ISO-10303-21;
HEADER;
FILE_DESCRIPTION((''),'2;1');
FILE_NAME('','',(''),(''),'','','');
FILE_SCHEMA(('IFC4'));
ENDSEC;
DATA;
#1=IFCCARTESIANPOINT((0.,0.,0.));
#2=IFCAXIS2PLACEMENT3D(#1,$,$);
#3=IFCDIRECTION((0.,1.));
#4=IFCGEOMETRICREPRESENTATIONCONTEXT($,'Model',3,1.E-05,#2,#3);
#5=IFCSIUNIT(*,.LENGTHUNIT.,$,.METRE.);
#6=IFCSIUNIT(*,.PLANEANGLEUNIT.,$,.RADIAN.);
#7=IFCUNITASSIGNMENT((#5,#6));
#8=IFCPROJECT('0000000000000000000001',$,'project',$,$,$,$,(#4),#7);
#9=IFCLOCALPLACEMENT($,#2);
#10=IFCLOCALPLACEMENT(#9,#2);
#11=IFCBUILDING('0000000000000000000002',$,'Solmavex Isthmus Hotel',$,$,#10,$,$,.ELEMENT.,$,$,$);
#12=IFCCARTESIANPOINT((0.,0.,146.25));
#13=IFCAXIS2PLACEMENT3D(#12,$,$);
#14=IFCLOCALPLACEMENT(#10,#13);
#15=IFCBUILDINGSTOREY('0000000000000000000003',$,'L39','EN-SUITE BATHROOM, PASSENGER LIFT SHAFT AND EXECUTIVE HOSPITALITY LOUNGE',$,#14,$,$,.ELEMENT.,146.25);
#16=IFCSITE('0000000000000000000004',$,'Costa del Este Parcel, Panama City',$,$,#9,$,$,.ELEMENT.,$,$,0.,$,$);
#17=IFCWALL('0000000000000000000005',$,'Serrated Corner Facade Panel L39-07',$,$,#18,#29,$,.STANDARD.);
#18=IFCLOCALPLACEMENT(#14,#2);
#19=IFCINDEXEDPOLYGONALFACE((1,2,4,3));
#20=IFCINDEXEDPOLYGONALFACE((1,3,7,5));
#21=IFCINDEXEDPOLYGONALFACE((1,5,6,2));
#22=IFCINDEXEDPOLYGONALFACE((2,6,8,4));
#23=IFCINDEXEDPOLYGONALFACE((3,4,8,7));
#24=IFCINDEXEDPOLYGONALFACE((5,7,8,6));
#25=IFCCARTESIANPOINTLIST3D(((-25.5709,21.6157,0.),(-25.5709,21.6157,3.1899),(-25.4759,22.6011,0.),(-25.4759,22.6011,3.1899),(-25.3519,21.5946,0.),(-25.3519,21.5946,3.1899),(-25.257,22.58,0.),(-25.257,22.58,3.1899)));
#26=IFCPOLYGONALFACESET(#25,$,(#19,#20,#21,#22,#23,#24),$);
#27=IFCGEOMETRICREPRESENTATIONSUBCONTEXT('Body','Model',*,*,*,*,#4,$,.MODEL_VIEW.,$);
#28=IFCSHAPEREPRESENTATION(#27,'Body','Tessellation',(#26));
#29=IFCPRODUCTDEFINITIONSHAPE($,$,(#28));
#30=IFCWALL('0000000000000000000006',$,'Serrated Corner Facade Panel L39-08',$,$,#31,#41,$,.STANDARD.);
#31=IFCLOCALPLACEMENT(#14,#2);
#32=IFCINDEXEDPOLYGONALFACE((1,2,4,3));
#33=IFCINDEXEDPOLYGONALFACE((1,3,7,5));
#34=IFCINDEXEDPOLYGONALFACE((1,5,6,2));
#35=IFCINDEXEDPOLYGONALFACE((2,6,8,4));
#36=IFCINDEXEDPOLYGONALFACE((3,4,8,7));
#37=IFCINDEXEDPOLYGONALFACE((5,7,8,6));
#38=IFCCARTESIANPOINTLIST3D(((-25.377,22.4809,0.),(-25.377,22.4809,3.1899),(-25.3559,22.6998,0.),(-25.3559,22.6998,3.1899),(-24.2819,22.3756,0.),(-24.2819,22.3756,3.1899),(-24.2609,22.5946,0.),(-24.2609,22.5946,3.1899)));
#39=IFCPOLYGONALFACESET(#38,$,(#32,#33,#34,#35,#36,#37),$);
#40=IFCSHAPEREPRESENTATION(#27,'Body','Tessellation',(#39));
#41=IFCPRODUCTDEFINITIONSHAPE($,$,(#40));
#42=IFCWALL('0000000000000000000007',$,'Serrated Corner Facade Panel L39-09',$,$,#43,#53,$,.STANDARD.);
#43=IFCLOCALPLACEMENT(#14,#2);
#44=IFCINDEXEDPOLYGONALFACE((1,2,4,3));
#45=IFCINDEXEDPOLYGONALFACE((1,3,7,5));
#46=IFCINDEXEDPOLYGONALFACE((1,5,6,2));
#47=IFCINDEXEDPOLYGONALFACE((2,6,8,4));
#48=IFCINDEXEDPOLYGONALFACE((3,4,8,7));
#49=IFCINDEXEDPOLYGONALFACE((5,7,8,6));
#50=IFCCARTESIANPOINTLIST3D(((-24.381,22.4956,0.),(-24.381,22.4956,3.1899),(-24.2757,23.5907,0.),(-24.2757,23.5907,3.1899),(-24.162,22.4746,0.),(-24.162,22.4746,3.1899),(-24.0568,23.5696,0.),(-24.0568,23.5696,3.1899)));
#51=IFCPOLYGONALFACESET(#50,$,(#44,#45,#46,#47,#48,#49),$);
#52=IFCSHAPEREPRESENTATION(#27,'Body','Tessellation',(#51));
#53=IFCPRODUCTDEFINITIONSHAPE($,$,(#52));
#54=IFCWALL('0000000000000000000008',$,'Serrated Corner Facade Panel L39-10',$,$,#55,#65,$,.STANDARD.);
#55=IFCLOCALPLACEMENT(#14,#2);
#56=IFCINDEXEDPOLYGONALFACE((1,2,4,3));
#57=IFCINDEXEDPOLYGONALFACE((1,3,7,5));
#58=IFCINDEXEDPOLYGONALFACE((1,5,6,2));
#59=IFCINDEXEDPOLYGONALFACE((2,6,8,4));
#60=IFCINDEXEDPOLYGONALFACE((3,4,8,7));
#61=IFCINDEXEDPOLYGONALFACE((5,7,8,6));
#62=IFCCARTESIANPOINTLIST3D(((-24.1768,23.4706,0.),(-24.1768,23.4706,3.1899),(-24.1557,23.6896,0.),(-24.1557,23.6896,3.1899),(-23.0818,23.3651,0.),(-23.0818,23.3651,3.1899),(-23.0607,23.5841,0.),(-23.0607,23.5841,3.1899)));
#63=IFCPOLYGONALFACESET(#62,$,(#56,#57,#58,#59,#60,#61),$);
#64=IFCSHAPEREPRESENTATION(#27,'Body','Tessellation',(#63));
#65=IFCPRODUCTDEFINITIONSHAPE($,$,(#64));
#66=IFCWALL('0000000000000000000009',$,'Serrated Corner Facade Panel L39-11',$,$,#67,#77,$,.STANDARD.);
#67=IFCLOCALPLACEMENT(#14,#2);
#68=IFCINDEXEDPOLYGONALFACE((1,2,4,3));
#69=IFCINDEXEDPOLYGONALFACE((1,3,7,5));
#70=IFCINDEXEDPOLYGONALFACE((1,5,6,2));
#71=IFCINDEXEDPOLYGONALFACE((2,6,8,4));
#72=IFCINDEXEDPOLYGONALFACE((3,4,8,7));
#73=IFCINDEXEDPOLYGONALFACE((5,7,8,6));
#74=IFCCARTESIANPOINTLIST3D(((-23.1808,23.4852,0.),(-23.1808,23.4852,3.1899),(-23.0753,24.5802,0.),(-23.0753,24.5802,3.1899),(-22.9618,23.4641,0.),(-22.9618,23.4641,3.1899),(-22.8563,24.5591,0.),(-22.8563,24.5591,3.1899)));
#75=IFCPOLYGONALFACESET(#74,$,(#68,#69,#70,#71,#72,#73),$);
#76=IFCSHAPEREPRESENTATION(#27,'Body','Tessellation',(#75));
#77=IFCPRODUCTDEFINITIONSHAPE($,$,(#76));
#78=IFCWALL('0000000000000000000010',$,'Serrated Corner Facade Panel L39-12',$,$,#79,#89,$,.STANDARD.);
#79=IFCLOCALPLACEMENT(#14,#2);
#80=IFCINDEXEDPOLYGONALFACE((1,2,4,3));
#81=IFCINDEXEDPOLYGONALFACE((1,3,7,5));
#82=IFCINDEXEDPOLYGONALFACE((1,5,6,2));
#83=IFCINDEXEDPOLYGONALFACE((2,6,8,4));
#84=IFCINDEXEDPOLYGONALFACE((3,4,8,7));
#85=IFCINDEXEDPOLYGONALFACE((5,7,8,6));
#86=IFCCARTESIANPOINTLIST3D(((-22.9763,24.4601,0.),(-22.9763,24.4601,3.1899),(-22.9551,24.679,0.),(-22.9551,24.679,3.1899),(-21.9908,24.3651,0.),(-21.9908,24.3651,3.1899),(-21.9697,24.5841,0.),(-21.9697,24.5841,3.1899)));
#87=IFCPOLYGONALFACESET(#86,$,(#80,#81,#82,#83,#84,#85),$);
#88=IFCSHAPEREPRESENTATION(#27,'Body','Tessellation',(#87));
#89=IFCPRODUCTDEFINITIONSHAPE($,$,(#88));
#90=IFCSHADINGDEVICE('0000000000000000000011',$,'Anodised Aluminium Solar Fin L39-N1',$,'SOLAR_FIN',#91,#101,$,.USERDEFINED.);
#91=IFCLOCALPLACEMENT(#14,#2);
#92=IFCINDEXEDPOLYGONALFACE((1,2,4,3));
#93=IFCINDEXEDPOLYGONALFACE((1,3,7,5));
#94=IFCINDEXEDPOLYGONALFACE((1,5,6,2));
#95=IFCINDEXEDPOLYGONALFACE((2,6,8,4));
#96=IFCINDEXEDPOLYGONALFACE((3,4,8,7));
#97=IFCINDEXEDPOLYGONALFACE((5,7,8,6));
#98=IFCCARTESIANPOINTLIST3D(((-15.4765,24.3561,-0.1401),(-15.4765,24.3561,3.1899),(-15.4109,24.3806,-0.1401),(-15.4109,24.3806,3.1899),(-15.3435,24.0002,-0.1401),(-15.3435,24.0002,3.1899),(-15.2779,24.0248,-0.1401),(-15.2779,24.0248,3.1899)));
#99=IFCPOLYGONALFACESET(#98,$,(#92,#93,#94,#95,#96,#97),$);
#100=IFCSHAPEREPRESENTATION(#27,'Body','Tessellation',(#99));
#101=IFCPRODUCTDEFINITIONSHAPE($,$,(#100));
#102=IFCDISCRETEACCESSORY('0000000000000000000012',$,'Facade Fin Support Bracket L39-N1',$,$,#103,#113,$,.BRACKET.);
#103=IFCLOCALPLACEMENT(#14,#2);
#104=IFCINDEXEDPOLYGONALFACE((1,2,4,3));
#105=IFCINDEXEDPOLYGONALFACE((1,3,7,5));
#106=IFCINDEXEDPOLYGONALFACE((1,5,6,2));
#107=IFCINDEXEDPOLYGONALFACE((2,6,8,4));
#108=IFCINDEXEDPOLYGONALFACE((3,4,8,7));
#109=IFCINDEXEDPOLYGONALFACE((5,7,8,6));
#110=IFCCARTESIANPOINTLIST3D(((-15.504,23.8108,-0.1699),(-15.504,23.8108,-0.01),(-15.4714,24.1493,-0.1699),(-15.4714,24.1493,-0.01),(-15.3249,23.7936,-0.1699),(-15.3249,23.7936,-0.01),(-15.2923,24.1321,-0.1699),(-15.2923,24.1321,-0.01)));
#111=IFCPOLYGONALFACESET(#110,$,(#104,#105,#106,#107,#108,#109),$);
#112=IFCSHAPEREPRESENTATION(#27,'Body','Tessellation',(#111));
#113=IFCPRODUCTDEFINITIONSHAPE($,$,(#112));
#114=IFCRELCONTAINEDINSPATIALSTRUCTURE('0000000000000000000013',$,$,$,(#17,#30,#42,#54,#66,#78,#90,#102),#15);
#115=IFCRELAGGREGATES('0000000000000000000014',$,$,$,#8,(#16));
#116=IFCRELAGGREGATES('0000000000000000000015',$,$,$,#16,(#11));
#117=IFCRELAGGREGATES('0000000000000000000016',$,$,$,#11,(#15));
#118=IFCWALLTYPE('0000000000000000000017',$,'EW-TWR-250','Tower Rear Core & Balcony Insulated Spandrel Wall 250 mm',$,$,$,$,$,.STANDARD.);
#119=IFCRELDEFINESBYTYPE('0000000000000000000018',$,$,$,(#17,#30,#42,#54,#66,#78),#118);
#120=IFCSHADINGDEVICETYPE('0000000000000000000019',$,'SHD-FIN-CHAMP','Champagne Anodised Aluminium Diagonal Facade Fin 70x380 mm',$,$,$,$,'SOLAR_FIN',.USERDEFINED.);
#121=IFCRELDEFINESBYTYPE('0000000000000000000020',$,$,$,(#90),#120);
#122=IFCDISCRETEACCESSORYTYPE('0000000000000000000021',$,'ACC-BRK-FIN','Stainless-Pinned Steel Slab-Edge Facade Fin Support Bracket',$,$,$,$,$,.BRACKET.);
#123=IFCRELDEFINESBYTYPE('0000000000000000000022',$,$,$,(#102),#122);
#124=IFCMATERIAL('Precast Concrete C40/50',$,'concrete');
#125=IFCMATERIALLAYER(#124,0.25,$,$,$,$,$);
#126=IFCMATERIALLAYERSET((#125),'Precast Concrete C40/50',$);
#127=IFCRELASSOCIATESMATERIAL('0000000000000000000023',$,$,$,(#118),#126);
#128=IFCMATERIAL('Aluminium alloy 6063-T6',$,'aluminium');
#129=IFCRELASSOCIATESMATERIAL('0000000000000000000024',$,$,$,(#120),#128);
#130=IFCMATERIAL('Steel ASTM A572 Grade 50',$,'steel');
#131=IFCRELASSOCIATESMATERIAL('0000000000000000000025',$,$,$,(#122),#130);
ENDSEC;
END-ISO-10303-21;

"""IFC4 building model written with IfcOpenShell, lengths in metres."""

from ifc_helpers import new_model, si_unit, direction, frame, frame_2d, origin, origin_2d, place, context, subcontext, project, spatial, rectangle, extrude, material, layer, layer_set, type_object, element, save


model = new_model("IFC4")

# Units and contexts
model_context = context("Model", 3, precision=1e-05, world=origin(), true_north=direction((0.0, 1.0)))
body_context = subcontext(model_context, "Body", "Model", "MODEL_VIEW")
ifc_project = project(units=[si_unit("LENGTHUNIT", "METRE"), si_unit("PLANEANGLEUNIT", "RADIAN")], contexts=[model_context])

# Site, building, storey
site_placement = place(None, origin())
site = spatial("IfcSite", under=ifc_project, at=site_placement, Name="Costa del Este Parcel, Panama City", CompositionType="ELEMENT", RefElevation=0.0)
building_placement = place(site_placement, origin())
building = spatial("IfcBuilding", under=site, at=building_placement, Name="Solmavex Isthmus Hotel", CompositionType="ELEMENT")
storey_placement = place(building_placement, frame((0.0, 0.0, 146.25)))
storey = spatial("IfcBuildingStorey", under=building, at=storey_placement, Name="L39", Description="EN-SUITE BATHROOM, PASSENGER LIFT SHAFT AND EXECUTIVE HOSPITALITY LOUNGE", CompositionType="ELEMENT", Elevation=146.25)

# Shared definitions
ifc_material_1 = material(Name="Aluminium alloy 6063-T6", Category="aluminium")

# Walls
ifc_material_2 = material(Name="Precast Concrete C40/50", Category="concrete")
ifc_layer_1 = layer(ifc_material_2, 0.25)
ifc_layer_set_1 = layer_set([ifc_layer_1], Name="Precast Concrete C40/50")
wall_type = type_object("IfcWallType", Name="EW-TWR-250", Description="Tower Rear Core & Balcony Insulated Spandrel Wall 250 mm", PredefinedType="STANDARD", material=ifc_layer_set_1)
wall_1_placement = place(storey_placement, frame((-25.4614, 21.605, 0.0), z_axis=(0.0, 0.0, 1.0), x_axis=(0.095938, 0.995387, 0.0)))
element("IfcWall", 1, at=wall_1_placement, inside=storey, type_object=wall_type, Name="Serrated Corner Facade Panel L39-07", PredefinedType="STANDARD", context=body_context, shape_type="SweptSolid", body=[
    extrude(rectangle(XDim=0.99, YDim=0.22, at=frame_2d((0.4951, 0.0))), origin(), (0.0, 0.0, 1.0), 3.1899),
])
for number, where, z_axis, x_axis, name in (
    (2, (-25.3665, 22.5903, 0.0), (0.0, 0.0, 1.0), (0.995414, -0.095657, 0.0), "Serrated Corner Facade Panel L39-08"),
    (3, (-24.2715, 22.4851, 0.0), (0.0, 0.0, 1.0), (0.095657, 0.995414, 0.0), "Serrated Corner Facade Panel L39-09"),
    (4, (-24.1663, 23.5801, 0.0), (0.0, 0.0, 1.0), (0.995393, -0.095877, 0.0), "Serrated Corner Facade Panel L39-10"),
    (5, (-23.0713, 23.4746, 0.0), (0.0, 0.0, 1.0), (0.095877, 0.995393, 0.0), "Serrated Corner Facade Panel L39-11"),
):
    element("IfcWall", number, at=place(storey_placement, frame(where, z_axis=z_axis, x_axis=x_axis)), inside=storey, type_object=wall_type, Name=name, PredefinedType="STANDARD", context=body_context, shape_type="SweptSolid", body=[
        extrude(rectangle(XDim=1.1001, YDim=0.22, at=frame_2d((0.55, 0.0))), origin(), (0.0, 0.0, 1.0), 3.1899),
    ])
wall_2_placement = place(storey_placement, frame((-22.9658, 24.5696, 0.0), z_axis=(0.0, 0.0, 1.0), x_axis=(0.995387, -0.095938, 0.0)))
element("IfcWall", 6, at=wall_2_placement, inside=storey, type_object=wall_type, Name="Serrated Corner Facade Panel L39-12", PredefinedType="STANDARD", context=body_context, shape_type="SweptSolid", body=[
    extrude(rectangle(XDim=0.99, YDim=0.22, at=frame_2d((0.4951, 0.0))), origin(), (0.0, 0.0, 1.0), 3.1899),
])

# Shading device
shading_device_type = type_object("IfcShadingDeviceType", Name="SHD-FIN-CHAMP", Description="Champagne Anodised Aluminium Diagonal Facade Fin 70x380 mm", ElementType="SOLAR_FIN", PredefinedType="USERDEFINED", material=ifc_material_1)
shading_device_placement = place(storey_placement, frame((-15.3772, 24.1904, -0.1401), z_axis=(0.0, 0.0, 1.0), x_axis=(-0.350207, 0.936672, 0.0)))
element("IfcShadingDevice", 7, at=shading_device_placement, inside=storey, type_object=shading_device_type, Name="Anodised Aluminium Solar Fin L39-N1", ObjectType="SOLAR_FIN", PredefinedType="USERDEFINED", context=body_context, shape_type="SweptSolid", body=[
    extrude(rectangle(XDim=0.3799, YDim=0.0701, at=origin_2d()), origin(), (0.0, 0.0, 1.0), 3.3301),
])

# Discrete accessory
ifc_material_3 = material(Name="Steel ASTM A572 Grade 50", Category="steel")
discrete_accessory_type = type_object("IfcDiscreteAccessoryType", Name="ACC-BRK-FIN", Description="Stainless-Pinned Steel Slab-Edge Facade Fin Support Bracket", PredefinedType="BRACKET", material=ifc_material_3)
discrete_accessory_placement = place(storey_placement, frame((-15.3982, 23.9714, -0.1699), z_axis=(0.0, 0.0, 1.0), x_axis=(0.095846, 0.995396, 0.0)))
element("IfcDiscreteAccessory", 8, at=discrete_accessory_placement, inside=storey, type_object=discrete_accessory_type, Name="Facade Fin Support Bracket L39-N1", PredefinedType="BRACKET", context=body_context, shape_type="SweptSolid", body=[
    extrude(rectangle(XDim=0.3401, YDim=0.1799, at=origin_2d()), origin(), (0.0, 0.0, 1.0), 0.1599),
])

save(model, "model.ifc")
